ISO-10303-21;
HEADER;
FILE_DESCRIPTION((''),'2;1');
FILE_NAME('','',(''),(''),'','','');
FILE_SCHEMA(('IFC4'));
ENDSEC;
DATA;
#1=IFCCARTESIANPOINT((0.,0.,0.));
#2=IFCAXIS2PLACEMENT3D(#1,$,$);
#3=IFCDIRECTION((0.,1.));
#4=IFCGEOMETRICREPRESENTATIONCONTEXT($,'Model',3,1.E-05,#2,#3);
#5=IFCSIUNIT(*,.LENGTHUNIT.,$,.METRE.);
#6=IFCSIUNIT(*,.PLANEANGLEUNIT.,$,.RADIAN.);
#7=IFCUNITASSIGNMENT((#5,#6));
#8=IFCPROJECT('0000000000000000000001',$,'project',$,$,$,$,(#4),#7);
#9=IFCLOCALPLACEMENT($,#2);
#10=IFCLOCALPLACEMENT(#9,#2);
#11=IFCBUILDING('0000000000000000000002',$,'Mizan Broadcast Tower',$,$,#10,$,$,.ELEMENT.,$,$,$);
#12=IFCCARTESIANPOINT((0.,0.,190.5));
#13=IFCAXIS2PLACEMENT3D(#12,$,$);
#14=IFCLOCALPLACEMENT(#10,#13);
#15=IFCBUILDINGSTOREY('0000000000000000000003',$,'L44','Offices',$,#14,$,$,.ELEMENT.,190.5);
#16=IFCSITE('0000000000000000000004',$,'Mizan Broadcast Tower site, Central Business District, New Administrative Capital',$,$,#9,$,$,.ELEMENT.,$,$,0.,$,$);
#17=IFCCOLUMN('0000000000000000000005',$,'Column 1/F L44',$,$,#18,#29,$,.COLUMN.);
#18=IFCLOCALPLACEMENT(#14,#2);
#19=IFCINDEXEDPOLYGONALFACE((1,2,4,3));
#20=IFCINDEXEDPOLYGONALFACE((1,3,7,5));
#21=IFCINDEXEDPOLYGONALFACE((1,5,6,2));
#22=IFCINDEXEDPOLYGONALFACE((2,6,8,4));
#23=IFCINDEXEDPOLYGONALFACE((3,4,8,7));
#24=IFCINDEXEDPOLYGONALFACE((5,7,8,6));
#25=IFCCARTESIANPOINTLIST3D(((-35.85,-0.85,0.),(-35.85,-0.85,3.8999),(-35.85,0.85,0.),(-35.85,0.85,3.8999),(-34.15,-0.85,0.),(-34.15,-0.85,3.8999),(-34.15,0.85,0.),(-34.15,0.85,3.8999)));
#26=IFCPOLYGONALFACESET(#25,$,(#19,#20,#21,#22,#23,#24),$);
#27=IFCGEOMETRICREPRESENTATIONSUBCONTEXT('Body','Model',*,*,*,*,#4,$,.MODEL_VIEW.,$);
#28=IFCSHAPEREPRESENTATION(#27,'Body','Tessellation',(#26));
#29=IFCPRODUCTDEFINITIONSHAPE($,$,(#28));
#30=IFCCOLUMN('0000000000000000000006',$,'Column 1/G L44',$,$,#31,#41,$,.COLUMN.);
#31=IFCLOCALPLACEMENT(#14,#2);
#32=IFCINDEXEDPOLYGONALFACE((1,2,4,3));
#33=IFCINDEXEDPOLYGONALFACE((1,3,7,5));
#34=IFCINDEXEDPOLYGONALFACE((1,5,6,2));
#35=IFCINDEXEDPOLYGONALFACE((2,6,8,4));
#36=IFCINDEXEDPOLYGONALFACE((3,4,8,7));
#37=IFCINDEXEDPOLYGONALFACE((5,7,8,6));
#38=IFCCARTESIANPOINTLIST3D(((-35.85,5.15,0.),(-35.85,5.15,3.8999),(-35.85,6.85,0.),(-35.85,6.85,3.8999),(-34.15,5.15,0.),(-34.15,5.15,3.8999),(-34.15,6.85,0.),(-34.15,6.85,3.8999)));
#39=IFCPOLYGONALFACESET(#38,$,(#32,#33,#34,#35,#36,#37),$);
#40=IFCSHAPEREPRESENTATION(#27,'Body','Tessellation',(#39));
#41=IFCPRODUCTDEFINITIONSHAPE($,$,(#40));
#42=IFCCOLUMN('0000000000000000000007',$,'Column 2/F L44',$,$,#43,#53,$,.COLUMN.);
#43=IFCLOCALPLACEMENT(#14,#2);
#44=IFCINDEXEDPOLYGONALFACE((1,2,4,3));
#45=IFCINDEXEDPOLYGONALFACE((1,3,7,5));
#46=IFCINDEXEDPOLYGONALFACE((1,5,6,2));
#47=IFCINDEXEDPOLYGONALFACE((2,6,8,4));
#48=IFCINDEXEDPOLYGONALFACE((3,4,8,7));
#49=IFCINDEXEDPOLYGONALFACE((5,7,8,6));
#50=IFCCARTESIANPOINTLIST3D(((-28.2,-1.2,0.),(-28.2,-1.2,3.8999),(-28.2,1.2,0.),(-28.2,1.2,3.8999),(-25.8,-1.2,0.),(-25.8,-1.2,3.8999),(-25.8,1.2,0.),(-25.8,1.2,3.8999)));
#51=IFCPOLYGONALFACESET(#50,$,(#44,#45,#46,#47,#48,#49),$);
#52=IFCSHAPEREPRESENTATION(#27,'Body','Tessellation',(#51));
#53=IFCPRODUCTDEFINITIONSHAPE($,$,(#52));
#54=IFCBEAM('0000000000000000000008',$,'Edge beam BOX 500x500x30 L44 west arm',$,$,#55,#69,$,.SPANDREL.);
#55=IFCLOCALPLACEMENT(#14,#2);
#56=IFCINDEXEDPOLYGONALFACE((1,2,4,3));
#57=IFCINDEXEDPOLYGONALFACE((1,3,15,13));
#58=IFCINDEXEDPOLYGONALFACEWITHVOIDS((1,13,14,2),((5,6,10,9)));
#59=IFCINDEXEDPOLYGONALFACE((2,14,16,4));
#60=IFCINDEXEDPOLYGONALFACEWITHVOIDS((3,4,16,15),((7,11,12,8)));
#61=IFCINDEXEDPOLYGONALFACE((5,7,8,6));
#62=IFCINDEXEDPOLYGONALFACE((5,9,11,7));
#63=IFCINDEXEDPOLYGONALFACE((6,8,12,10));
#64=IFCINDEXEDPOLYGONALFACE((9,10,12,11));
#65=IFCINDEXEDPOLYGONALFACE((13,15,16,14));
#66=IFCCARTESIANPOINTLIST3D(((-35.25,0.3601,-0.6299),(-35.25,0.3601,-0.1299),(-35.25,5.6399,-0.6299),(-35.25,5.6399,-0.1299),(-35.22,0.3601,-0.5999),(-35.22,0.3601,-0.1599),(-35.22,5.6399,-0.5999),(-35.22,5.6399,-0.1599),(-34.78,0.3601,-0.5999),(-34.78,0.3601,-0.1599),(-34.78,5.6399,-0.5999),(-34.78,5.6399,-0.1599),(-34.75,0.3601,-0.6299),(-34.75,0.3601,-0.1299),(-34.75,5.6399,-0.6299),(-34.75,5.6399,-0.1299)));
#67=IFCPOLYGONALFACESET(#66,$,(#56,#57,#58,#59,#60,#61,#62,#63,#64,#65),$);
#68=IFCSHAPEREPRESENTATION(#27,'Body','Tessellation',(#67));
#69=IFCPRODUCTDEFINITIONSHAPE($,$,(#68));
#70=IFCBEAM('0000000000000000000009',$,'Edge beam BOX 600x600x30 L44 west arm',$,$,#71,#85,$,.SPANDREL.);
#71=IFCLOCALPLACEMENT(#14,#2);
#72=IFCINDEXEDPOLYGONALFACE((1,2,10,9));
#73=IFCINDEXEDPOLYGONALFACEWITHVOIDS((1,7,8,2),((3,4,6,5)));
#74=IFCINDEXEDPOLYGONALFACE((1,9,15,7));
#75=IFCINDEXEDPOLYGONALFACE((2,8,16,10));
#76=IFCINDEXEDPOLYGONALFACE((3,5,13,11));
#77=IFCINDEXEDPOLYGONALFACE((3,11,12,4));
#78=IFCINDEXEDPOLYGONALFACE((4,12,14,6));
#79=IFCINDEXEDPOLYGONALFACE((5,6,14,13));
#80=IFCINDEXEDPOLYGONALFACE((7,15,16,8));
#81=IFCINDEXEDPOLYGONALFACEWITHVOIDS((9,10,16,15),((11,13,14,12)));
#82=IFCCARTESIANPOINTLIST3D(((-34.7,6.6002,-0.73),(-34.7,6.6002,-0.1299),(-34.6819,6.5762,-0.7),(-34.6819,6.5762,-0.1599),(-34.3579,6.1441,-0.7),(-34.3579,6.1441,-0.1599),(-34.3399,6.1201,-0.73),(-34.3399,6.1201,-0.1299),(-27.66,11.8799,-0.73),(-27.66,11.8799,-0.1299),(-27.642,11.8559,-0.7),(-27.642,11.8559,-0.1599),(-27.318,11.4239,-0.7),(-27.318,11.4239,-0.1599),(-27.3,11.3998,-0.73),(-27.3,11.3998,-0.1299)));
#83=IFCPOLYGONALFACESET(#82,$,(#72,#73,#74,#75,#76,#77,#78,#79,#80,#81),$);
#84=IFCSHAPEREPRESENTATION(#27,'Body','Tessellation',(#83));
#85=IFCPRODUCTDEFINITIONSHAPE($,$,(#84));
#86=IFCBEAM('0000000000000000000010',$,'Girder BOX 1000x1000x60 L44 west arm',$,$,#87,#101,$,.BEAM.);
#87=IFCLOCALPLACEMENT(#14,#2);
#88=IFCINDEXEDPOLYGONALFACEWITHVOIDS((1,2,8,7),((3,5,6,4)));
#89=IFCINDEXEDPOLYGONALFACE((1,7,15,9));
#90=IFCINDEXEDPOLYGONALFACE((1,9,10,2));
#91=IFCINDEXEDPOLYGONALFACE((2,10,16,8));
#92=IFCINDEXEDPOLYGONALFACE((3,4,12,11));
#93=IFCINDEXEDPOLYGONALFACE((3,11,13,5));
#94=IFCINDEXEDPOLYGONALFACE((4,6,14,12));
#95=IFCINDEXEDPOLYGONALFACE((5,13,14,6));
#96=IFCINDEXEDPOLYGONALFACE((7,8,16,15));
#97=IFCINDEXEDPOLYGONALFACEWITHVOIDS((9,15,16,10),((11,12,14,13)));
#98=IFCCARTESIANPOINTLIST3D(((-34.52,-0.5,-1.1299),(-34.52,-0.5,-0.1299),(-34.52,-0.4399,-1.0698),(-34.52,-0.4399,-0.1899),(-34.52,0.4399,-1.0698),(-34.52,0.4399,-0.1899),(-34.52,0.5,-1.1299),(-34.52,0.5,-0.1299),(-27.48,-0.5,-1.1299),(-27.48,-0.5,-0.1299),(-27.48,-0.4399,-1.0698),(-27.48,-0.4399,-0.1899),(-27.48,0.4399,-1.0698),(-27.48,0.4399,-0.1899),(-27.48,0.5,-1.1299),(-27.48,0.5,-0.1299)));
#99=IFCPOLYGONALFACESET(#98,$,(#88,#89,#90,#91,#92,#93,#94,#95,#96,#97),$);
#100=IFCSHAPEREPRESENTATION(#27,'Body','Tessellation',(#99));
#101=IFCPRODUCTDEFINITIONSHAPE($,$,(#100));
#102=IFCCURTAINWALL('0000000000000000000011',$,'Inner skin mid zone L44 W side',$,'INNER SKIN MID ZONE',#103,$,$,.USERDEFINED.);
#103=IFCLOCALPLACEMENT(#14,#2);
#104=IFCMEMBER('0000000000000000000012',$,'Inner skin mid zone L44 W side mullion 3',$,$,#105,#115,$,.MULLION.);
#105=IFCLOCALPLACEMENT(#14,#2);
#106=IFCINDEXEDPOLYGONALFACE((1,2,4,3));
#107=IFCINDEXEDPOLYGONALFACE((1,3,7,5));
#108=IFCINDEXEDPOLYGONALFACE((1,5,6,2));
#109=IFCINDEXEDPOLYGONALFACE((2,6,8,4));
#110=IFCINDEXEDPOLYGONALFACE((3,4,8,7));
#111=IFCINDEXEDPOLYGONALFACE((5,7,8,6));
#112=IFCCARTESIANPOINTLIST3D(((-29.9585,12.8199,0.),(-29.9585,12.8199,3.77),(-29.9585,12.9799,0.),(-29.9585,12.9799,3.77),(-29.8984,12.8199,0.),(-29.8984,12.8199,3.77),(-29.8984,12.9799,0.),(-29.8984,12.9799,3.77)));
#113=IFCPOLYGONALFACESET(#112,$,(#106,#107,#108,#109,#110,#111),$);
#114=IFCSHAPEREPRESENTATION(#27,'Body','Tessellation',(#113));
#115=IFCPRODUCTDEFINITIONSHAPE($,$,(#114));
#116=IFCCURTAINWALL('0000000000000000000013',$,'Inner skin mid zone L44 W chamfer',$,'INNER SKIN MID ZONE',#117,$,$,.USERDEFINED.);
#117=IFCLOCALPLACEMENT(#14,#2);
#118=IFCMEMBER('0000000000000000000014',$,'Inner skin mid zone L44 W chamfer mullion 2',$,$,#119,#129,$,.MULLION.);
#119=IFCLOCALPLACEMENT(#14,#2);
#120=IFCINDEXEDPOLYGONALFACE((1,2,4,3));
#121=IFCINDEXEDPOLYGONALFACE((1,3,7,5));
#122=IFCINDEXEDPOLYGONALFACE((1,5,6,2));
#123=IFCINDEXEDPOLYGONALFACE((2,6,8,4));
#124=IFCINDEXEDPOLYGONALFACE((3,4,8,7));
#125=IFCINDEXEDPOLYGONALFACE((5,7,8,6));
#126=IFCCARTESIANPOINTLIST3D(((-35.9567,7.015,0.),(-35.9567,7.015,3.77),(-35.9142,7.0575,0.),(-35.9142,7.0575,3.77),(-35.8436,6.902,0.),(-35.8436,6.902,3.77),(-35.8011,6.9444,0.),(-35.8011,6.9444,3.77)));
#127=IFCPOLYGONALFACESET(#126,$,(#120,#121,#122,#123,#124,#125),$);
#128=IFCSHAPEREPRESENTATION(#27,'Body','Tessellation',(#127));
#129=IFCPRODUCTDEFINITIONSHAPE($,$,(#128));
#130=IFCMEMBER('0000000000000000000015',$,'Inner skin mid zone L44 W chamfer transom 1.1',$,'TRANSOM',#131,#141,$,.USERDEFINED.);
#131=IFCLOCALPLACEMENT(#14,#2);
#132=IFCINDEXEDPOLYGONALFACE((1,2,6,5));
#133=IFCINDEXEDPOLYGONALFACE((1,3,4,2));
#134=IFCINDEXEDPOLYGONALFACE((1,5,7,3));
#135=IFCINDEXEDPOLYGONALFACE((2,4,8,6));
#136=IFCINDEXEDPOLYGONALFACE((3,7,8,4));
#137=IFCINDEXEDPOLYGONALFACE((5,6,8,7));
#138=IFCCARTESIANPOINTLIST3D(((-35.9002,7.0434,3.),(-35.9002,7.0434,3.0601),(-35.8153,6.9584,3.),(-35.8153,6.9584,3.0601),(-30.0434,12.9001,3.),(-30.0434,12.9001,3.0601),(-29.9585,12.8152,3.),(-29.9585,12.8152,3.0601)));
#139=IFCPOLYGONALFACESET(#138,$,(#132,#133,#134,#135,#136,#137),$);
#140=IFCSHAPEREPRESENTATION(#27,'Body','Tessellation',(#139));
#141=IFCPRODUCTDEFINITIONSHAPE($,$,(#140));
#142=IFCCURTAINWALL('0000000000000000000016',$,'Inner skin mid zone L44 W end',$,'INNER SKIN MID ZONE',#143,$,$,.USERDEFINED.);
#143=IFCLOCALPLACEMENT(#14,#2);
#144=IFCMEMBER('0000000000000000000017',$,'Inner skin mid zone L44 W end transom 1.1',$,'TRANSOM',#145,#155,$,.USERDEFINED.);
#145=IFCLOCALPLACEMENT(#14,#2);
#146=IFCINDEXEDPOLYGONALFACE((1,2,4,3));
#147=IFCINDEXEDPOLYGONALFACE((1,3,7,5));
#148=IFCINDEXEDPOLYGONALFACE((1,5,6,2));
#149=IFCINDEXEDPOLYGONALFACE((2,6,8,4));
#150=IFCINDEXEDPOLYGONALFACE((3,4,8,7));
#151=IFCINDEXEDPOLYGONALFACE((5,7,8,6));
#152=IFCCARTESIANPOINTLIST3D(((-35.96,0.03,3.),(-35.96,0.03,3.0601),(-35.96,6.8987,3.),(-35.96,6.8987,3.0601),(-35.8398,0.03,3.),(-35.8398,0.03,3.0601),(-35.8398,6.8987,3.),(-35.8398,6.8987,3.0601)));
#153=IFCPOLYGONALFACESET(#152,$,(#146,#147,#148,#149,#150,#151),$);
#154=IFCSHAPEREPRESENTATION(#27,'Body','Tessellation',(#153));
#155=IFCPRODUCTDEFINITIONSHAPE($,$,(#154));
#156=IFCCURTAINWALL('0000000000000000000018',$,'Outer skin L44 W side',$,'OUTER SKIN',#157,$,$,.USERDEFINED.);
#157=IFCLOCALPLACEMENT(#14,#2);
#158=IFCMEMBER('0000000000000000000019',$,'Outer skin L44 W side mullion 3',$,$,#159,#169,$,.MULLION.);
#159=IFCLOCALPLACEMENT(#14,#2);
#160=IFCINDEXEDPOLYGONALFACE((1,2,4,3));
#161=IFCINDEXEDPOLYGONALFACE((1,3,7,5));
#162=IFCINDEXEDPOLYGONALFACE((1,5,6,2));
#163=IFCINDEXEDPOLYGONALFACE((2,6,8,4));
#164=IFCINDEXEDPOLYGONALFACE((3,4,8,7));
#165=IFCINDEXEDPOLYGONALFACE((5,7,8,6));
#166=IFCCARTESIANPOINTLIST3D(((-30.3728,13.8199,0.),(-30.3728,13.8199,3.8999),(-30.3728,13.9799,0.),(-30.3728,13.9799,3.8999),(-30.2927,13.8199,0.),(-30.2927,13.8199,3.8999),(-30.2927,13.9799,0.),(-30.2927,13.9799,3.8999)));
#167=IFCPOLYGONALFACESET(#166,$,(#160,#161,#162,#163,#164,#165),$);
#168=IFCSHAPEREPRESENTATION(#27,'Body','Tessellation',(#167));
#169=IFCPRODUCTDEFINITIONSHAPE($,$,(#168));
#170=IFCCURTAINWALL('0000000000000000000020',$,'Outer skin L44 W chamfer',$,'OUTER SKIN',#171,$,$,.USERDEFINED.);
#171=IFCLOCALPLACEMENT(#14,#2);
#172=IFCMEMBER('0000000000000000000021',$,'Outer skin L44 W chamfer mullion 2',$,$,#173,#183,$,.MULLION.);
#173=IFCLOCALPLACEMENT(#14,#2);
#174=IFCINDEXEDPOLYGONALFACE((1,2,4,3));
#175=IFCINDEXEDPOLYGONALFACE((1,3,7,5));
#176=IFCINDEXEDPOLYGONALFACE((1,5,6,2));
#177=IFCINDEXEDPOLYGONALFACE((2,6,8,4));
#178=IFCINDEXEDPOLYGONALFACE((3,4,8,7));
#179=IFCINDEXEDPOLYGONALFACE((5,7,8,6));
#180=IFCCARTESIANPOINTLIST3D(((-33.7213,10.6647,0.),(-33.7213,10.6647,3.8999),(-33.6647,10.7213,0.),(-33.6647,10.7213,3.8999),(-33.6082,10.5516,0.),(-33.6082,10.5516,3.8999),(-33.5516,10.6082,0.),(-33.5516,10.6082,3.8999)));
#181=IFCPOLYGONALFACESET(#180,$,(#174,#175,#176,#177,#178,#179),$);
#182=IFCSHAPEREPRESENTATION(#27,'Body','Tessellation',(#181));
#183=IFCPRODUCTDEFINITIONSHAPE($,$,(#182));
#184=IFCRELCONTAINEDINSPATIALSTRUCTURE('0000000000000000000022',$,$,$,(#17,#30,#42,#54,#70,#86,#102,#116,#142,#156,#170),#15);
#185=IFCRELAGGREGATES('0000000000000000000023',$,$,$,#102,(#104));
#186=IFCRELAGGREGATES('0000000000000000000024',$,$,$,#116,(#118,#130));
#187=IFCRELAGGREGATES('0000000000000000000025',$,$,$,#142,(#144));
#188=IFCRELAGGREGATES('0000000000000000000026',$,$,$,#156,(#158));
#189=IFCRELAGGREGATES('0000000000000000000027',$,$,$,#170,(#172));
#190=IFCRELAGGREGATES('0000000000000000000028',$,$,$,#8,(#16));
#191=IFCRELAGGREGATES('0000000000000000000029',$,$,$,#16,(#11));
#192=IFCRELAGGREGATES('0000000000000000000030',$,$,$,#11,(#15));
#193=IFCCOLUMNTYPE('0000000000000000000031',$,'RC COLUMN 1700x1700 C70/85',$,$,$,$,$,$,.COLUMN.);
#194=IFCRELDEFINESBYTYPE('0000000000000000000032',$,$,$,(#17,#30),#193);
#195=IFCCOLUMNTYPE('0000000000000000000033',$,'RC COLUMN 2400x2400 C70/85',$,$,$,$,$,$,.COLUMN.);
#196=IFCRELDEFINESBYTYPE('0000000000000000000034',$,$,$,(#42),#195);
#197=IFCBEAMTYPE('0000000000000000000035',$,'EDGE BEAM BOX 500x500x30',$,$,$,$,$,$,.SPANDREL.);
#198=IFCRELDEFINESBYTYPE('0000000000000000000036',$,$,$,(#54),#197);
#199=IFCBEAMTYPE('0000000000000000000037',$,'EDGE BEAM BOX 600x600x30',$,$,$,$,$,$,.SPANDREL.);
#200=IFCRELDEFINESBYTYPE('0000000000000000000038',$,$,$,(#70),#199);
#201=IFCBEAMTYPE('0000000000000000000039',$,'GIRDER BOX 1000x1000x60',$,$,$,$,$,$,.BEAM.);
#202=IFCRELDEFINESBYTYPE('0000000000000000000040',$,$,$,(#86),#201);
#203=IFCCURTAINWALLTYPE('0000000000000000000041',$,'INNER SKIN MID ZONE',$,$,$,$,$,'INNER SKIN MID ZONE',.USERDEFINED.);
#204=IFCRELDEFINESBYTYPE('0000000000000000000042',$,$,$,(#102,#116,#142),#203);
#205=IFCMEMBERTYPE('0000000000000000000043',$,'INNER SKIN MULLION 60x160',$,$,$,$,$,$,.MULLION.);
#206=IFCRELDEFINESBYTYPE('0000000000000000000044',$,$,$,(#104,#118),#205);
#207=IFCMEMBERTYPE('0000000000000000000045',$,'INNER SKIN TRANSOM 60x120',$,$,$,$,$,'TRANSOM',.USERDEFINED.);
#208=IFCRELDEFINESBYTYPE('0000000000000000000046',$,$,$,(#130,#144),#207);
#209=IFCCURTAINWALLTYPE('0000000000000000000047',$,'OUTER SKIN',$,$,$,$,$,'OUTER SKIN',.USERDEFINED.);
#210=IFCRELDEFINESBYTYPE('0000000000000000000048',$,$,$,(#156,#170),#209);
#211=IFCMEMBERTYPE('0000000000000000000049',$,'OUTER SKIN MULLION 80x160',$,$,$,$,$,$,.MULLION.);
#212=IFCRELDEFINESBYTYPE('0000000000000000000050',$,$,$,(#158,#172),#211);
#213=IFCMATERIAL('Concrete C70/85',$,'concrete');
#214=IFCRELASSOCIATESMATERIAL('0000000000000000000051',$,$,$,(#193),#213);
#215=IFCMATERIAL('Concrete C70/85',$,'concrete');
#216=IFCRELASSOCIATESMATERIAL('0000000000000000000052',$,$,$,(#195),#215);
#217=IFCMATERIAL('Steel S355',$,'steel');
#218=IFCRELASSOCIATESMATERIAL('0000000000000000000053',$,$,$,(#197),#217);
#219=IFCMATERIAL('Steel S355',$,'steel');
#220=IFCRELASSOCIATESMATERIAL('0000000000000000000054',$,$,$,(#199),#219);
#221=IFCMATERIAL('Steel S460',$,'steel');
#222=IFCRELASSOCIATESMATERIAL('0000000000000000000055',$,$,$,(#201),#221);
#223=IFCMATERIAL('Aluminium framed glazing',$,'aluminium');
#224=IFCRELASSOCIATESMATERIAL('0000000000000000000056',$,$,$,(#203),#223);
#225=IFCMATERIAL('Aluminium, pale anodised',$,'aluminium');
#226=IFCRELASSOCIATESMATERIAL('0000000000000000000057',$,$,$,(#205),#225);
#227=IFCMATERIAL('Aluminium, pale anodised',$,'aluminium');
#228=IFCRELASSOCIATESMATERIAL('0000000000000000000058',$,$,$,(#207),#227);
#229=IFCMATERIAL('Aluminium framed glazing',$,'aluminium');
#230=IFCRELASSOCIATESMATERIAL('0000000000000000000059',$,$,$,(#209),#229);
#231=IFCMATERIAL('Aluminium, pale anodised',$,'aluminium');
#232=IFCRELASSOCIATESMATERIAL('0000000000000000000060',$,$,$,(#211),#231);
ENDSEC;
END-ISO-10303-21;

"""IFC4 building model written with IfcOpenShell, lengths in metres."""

from ifc_helpers import new_model, si_unit, direction, frame, origin, origin_2d, place, context, subcontext, project, spatial, rectangle, hollow_rectangle, extrude, material, material_profile, profile_set, type_object, element, aggregate, save


model = new_model("IFC4")

# Units and contexts
model_context = context("Model", 3, precision=1e-05, world=origin(), true_north=direction((0.0, 1.0)))
body_context = subcontext(model_context, "Body", "Model", "MODEL_VIEW")
ifc_project = project(units=[si_unit("LENGTHUNIT", "METRE"), si_unit("PLANEANGLEUNIT", "RADIAN")], contexts=[model_context])

# Site, building, storey
site_placement = place(None, origin())
site = spatial("IfcSite", under=ifc_project, at=site_placement, Name="Mizan Broadcast Tower site, Central Business District, New Administrative Capital", CompositionType="ELEMENT", RefElevation=0.0)
building_placement = place(site_placement, origin())
building = spatial("IfcBuilding", under=site, at=building_placement, Name="Mizan Broadcast Tower", CompositionType="ELEMENT")
storey_placement = place(building_placement, frame((0.0, 0.0, 190.5)))
storey = spatial("IfcBuildingStorey", under=building, at=storey_placement, Name="L44", Description="Offices", CompositionType="ELEMENT", Elevation=190.5)

# Columns
ifc_material_1 = material(Name="Concrete C70/85", Category="concrete")
ifc_material_profile_1 = material_profile(ifc_material_1, rectangle(XDim=1.7, YDim=1.7, at=origin_2d()), Name="RC 1700x1700")
ifc_profile_set_1 = profile_set([ifc_material_profile_1], Name="Concrete C70/85")
column_type_1 = type_object("IfcColumnType", Name="RC COLUMN 1700x1700 C70/85", PredefinedType="COLUMN", material=ifc_profile_set_1)
for number, where, z_axis, x_axis, name in (
    (1, (-35.0, 0.0, 0.0), (0.0, 0.0, 1.0), (1.0, 0.0, 0.0), "Column 1/F L44"),
    (2, (-35.0, 6.0, 0.0), (0.0, 0.0, 1.0), (1.0, 0.0, 0.0), "Column 1/G L44"),
):
    element("IfcColumn", number, at=place(storey_placement, frame(where, z_axis=z_axis, x_axis=x_axis)), inside=storey, type_object=column_type_1, Name=name, PredefinedType="COLUMN", context=body_context, shape_type="SweptSolid", body=[
        extrude(rectangle(XDim=1.7, YDim=1.7, at=origin_2d()), origin(), (0.0, 0.0, 1.0), 3.8999),
    ])
ifc_material_2 = material(Name="Concrete C70/85", Category="concrete")
ifc_material_profile_2 = material_profile(ifc_material_2, rectangle(XDim=2.3999, YDim=2.3999, at=origin_2d()), Name="RC 2400x2400")
ifc_profile_set_2 = profile_set([ifc_material_profile_2], Name="Concrete C70/85")
column_type_2 = type_object("IfcColumnType", Name="RC COLUMN 2400x2400 C70/85", PredefinedType="COLUMN", material=ifc_profile_set_2)
column_placement = place(storey_placement, frame((-27.0, 0.0, 0.0), z_axis=(0.0, 0.0, 1.0), x_axis=(1.0, 0.0, 0.0)))
element("IfcColumn", 3, at=column_placement, inside=storey, type_object=column_type_2, Name="Column 2/F L44", PredefinedType="COLUMN", context=body_context, shape_type="SweptSolid", body=[
    extrude(rectangle(XDim=2.3999, YDim=2.3999, at=origin_2d()), origin(), (0.0, 0.0, 1.0), 3.8999),
])

# Beams
ifc_material_3 = material(Name="Steel S355", Category="steel")
ifc_material_profile_3 = material_profile(ifc_material_3, hollow_rectangle(XDim=0.5, YDim=0.5, WallThickness=0.03, at=origin_2d()), Name="BOX 500x500x30")
ifc_profile_set_3 = profile_set([ifc_material_profile_3], Name="Steel S355")
beam_type_1 = type_object("IfcBeamType", Name="EDGE BEAM BOX 500x500x30", PredefinedType="SPANDREL", material=ifc_profile_set_3)
beam_1_placement = place(storey_placement, frame((-35.0, 5.6399, -0.3799), z_axis=(0.0, -1.0, 0.0), x_axis=(1.0, 0.0, 0.0)))
element("IfcBeam", 4, at=beam_1_placement, inside=storey, type_object=beam_type_1, Name="Edge beam BOX 500x500x30 L44 west arm", PredefinedType="SPANDREL", context=body_context, shape_type="SweptSolid", body=[
    extrude(hollow_rectangle(XDim=0.5, YDim=0.5, WallThickness=0.03, at=origin_2d()), origin(), (0.0, 0.0, 1.0), 5.2798),
])
ifc_material_4 = material(Name="Steel S355", Category="steel")
ifc_material_profile_4 = material_profile(ifc_material_4, hollow_rectangle(XDim=0.6001, YDim=0.6001, WallThickness=0.03, at=origin_2d()), Name="BOX 600x600x30")
ifc_profile_set_4 = profile_set([ifc_material_profile_4], Name="Steel S355")
beam_type_2 = type_object("IfcBeamType", Name="EDGE BEAM BOX 600x600x30", PredefinedType="SPANDREL", material=ifc_profile_set_4)
beam_2_placement = place(storey_placement, frame((-27.48, 11.6399, -0.4299), z_axis=(-0.800013, -0.599982, 0.0), x_axis=(0.599982, -0.800013, 0.0)))
element("IfcBeam", 5, at=beam_2_placement, inside=storey, type_object=beam_type_2, Name="Edge beam BOX 600x600x30 L44 west arm", PredefinedType="SPANDREL", context=body_context, shape_type="SweptSolid", body=[
    extrude(hollow_rectangle(XDim=0.6001, YDim=0.6001, WallThickness=0.03, at=origin_2d()), origin(), (0.0, 0.0, 1.0), 8.7998),
])
ifc_material_5 = material(Name="Steel S460", Category="steel")
ifc_material_profile_5 = material_profile(ifc_material_5, hollow_rectangle(XDim=1.0, YDim=1.0, WallThickness=0.0601, at=origin_2d()), Name="BOX 1000x1000x60")
ifc_profile_set_5 = profile_set([ifc_material_profile_5], Name="Steel S460")
beam_type_3 = type_object("IfcBeamType", Name="GIRDER BOX 1000x1000x60", PredefinedType="BEAM", material=ifc_profile_set_5)
beam_3_placement = place(storey_placement, frame((-27.48, 0.0, -0.6299), z_axis=(-1.0, 0.0, 0.0), x_axis=(0.0, -1.0, 0.0)))
element("IfcBeam", 6, at=beam_3_placement, inside=storey, type_object=beam_type_3, Name="Girder BOX 1000x1000x60 L44 west arm", PredefinedType="BEAM", context=body_context, shape_type="SweptSolid", body=[
    extrude(hollow_rectangle(XDim=1.0, YDim=1.0, WallThickness=0.0601, at=origin_2d()), origin(), (0.0, 0.0, 1.0), 7.04),
])

# Curtain wall, member
ifc_material_6 = material(Name="Aluminium framed glazing", Category="aluminium")
curtain_wall_type_1 = type_object("IfcCurtainWallType", Name="INNER SKIN MID ZONE", ElementType="INNER SKIN MID ZONE", PredefinedType="USERDEFINED", material=ifc_material_6)
curtain_wall_1_placement = place(storey_placement, origin())
curtain_wall_1 = element("IfcCurtainWall", 7, at=curtain_wall_1_placement, inside=storey, type_object=curtain_wall_type_1, Name="Inner skin mid zone L44 W side", ObjectType="INNER SKIN MID ZONE", PredefinedType="USERDEFINED")
ifc_material_7 = material(Name="Aluminium, pale anodised", Category="aluminium")
ifc_material_profile_6 = material_profile(ifc_material_7, rectangle(XDim=0.1599, YDim=0.0601, at=origin_2d()), Name="MULLION 160x60")
ifc_profile_set_6 = profile_set([ifc_material_profile_6], Name="Aluminium, pale anodised")
member_type_1 = type_object("IfcMemberType", Name="INNER SKIN MULLION 60x160", PredefinedType="MULLION", material=ifc_profile_set_6)
member_1_placement = place(storey_placement, frame((-29.9285, 12.8999, 0.0), z_axis=(0.0, 0.0, 1.0), x_axis=(0.0, -1.0, 0.0)))
member_1 = element("IfcMember", 8, at=member_1_placement, type_object=member_type_1, Name="Inner skin mid zone L44 W side mullion 3", PredefinedType="MULLION", context=body_context, shape_type="SweptSolid", body=[
    extrude(rectangle(XDim=0.1599, YDim=0.0601, at=origin_2d()), origin(), (0.0, 0.0, 1.0), 3.77),
])

# Curtain wall, members
curtain_wall_2_placement = place(storey_placement, origin())
curtain_wall_2 = element("IfcCurtainWall", 9, at=curtain_wall_2_placement, inside=storey, type_object=curtain_wall_type_1, Name="Inner skin mid zone L44 W chamfer", ObjectType="INNER SKIN MID ZONE", PredefinedType="USERDEFINED")
member_2_placement = place(storey_placement, frame((-35.8789, 6.9797, 0.0), z_axis=(0.0, 0.0, 1.0), x_axis=(0.707107, -0.707107, 0.0)))
member_2 = element("IfcMember", 10, at=member_2_placement, type_object=member_type_1, Name="Inner skin mid zone L44 W chamfer mullion 2", PredefinedType="MULLION", context=body_context, shape_type="SweptSolid", body=[
    extrude(rectangle(XDim=0.1599, YDim=0.0601, at=origin_2d()), origin(), (0.0, 0.0, 1.0), 3.77),
])
ifc_material_8 = material(Name="Aluminium, pale anodised", Category="aluminium")
ifc_material_profile_7 = material_profile(ifc_material_8, rectangle(XDim=0.1201, YDim=0.0601, at=origin_2d()), Name="TRANSOM 120x60")
ifc_profile_set_7 = profile_set([ifc_material_profile_7], Name="Aluminium, pale anodised")
member_type_2 = type_object("IfcMemberType", Name="INNER SKIN TRANSOM 60x120", ElementType="TRANSOM", PredefinedType="USERDEFINED", material=ifc_profile_set_7)
member_3_placement = place(storey_placement, frame((-30.001, 12.8577, 3.03), z_axis=(-0.707107, -0.707107, 0.0), x_axis=(0.707107, -0.707107, 0.0)))
member_3 = element("IfcMember", 11, at=member_3_placement, type_object=member_type_2, Name="Inner skin mid zone L44 W chamfer transom 1.1", ObjectType="TRANSOM", PredefinedType="USERDEFINED", context=body_context, shape_type="SweptSolid", body=[
    extrude(rectangle(XDim=0.1201, YDim=0.0601, at=origin_2d()), origin(), (0.0, 0.0, 1.0), 8.2827),
])

# Curtain walls, members
curtain_wall_3_placement = place(storey_placement, origin())
curtain_wall_3 = element("IfcCurtainWall", 12, at=curtain_wall_3_placement, inside=storey, type_object=curtain_wall_type_1, Name="Inner skin mid zone L44 W end", ObjectType="INNER SKIN MID ZONE", PredefinedType="USERDEFINED")
member_4_placement = place(storey_placement, frame((-35.8999, 6.8987, 3.03), z_axis=(0.0, -1.0, 0.0), x_axis=(1.0, 0.0, 0.0)))
member_4 = element("IfcMember", 13, at=member_4_placement, type_object=member_type_2, Name="Inner skin mid zone L44 W end transom 1.1", ObjectType="TRANSOM", PredefinedType="USERDEFINED", context=body_context, shape_type="SweptSolid", body=[
    extrude(rectangle(XDim=0.1201, YDim=0.0601, at=origin_2d()), origin(), (0.0, 0.0, 1.0), 6.8687),
])
ifc_material_9 = material(Name="Aluminium framed glazing", Category="aluminium")
curtain_wall_type_2 = type_object("IfcCurtainWallType", Name="OUTER SKIN", ElementType="OUTER SKIN", PredefinedType="USERDEFINED", material=ifc_material_9)
curtain_wall_4_placement = place(storey_placement, origin())
curtain_wall_4 = element("IfcCurtainWall", 14, at=curtain_wall_4_placement, inside=storey, type_object=curtain_wall_type_2, Name="Outer skin L44 W side", ObjectType="OUTER SKIN", PredefinedType="USERDEFINED")
ifc_material_10 = material(Name="Aluminium, pale anodised", Category="aluminium")
ifc_material_profile_8 = material_profile(ifc_material_10, rectangle(XDim=0.1599, YDim=0.0801, at=origin_2d()), Name="MULLION 160x80")
ifc_profile_set_8 = profile_set([ifc_material_profile_8], Name="Aluminium, pale anodised")
member_type_3 = type_object("IfcMemberType", Name="OUTER SKIN MULLION 80x160", PredefinedType="MULLION", material=ifc_profile_set_8)
member_5_placement = place(storey_placement, frame((-30.3328, 13.8999, 0.0), z_axis=(0.0, 0.0, 1.0), x_axis=(0.0, -1.0, 0.0)))
member_5 = element("IfcMember", 15, at=member_5_placement, type_object=member_type_3, Name="Outer skin L44 W side mullion 3", PredefinedType="MULLION", context=body_context, shape_type="SweptSolid", body=[
    extrude(rectangle(XDim=0.1599, YDim=0.0801, at=origin_2d()), origin(), (0.0, 0.0, 1.0), 3.8999),
])

# Curtain wall, member
curtain_wall_5_placement = place(storey_placement, origin())
curtain_wall_5 = element("IfcCurtainWall", 16, at=curtain_wall_5_placement, inside=storey, type_object=curtain_wall_type_2, Name="Outer skin L44 W chamfer", ObjectType="OUTER SKIN", PredefinedType="USERDEFINED")
member_6_placement = place(storey_placement, frame((-33.6365, 10.6365, 0.0), z_axis=(0.0, 0.0, 1.0), x_axis=(0.707107, -0.707107, 0.0)))
member_6 = element("IfcMember", 17, at=member_6_placement, type_object=member_type_3, Name="Outer skin L44 W chamfer mullion 2", PredefinedType="MULLION", context=body_context, shape_type="SweptSolid", body=[
    extrude(rectangle(XDim=0.1599, YDim=0.0801, at=origin_2d()), origin(), (0.0, 0.0, 1.0), 3.8999),
])

aggregate(curtain_wall_1, [member_1])
aggregate(curtain_wall_2, [member_2, member_3])
aggregate(curtain_wall_3, [member_4])
aggregate(curtain_wall_4, [member_5])
aggregate(curtain_wall_5, [member_6])

save(model, "model.ifc")
